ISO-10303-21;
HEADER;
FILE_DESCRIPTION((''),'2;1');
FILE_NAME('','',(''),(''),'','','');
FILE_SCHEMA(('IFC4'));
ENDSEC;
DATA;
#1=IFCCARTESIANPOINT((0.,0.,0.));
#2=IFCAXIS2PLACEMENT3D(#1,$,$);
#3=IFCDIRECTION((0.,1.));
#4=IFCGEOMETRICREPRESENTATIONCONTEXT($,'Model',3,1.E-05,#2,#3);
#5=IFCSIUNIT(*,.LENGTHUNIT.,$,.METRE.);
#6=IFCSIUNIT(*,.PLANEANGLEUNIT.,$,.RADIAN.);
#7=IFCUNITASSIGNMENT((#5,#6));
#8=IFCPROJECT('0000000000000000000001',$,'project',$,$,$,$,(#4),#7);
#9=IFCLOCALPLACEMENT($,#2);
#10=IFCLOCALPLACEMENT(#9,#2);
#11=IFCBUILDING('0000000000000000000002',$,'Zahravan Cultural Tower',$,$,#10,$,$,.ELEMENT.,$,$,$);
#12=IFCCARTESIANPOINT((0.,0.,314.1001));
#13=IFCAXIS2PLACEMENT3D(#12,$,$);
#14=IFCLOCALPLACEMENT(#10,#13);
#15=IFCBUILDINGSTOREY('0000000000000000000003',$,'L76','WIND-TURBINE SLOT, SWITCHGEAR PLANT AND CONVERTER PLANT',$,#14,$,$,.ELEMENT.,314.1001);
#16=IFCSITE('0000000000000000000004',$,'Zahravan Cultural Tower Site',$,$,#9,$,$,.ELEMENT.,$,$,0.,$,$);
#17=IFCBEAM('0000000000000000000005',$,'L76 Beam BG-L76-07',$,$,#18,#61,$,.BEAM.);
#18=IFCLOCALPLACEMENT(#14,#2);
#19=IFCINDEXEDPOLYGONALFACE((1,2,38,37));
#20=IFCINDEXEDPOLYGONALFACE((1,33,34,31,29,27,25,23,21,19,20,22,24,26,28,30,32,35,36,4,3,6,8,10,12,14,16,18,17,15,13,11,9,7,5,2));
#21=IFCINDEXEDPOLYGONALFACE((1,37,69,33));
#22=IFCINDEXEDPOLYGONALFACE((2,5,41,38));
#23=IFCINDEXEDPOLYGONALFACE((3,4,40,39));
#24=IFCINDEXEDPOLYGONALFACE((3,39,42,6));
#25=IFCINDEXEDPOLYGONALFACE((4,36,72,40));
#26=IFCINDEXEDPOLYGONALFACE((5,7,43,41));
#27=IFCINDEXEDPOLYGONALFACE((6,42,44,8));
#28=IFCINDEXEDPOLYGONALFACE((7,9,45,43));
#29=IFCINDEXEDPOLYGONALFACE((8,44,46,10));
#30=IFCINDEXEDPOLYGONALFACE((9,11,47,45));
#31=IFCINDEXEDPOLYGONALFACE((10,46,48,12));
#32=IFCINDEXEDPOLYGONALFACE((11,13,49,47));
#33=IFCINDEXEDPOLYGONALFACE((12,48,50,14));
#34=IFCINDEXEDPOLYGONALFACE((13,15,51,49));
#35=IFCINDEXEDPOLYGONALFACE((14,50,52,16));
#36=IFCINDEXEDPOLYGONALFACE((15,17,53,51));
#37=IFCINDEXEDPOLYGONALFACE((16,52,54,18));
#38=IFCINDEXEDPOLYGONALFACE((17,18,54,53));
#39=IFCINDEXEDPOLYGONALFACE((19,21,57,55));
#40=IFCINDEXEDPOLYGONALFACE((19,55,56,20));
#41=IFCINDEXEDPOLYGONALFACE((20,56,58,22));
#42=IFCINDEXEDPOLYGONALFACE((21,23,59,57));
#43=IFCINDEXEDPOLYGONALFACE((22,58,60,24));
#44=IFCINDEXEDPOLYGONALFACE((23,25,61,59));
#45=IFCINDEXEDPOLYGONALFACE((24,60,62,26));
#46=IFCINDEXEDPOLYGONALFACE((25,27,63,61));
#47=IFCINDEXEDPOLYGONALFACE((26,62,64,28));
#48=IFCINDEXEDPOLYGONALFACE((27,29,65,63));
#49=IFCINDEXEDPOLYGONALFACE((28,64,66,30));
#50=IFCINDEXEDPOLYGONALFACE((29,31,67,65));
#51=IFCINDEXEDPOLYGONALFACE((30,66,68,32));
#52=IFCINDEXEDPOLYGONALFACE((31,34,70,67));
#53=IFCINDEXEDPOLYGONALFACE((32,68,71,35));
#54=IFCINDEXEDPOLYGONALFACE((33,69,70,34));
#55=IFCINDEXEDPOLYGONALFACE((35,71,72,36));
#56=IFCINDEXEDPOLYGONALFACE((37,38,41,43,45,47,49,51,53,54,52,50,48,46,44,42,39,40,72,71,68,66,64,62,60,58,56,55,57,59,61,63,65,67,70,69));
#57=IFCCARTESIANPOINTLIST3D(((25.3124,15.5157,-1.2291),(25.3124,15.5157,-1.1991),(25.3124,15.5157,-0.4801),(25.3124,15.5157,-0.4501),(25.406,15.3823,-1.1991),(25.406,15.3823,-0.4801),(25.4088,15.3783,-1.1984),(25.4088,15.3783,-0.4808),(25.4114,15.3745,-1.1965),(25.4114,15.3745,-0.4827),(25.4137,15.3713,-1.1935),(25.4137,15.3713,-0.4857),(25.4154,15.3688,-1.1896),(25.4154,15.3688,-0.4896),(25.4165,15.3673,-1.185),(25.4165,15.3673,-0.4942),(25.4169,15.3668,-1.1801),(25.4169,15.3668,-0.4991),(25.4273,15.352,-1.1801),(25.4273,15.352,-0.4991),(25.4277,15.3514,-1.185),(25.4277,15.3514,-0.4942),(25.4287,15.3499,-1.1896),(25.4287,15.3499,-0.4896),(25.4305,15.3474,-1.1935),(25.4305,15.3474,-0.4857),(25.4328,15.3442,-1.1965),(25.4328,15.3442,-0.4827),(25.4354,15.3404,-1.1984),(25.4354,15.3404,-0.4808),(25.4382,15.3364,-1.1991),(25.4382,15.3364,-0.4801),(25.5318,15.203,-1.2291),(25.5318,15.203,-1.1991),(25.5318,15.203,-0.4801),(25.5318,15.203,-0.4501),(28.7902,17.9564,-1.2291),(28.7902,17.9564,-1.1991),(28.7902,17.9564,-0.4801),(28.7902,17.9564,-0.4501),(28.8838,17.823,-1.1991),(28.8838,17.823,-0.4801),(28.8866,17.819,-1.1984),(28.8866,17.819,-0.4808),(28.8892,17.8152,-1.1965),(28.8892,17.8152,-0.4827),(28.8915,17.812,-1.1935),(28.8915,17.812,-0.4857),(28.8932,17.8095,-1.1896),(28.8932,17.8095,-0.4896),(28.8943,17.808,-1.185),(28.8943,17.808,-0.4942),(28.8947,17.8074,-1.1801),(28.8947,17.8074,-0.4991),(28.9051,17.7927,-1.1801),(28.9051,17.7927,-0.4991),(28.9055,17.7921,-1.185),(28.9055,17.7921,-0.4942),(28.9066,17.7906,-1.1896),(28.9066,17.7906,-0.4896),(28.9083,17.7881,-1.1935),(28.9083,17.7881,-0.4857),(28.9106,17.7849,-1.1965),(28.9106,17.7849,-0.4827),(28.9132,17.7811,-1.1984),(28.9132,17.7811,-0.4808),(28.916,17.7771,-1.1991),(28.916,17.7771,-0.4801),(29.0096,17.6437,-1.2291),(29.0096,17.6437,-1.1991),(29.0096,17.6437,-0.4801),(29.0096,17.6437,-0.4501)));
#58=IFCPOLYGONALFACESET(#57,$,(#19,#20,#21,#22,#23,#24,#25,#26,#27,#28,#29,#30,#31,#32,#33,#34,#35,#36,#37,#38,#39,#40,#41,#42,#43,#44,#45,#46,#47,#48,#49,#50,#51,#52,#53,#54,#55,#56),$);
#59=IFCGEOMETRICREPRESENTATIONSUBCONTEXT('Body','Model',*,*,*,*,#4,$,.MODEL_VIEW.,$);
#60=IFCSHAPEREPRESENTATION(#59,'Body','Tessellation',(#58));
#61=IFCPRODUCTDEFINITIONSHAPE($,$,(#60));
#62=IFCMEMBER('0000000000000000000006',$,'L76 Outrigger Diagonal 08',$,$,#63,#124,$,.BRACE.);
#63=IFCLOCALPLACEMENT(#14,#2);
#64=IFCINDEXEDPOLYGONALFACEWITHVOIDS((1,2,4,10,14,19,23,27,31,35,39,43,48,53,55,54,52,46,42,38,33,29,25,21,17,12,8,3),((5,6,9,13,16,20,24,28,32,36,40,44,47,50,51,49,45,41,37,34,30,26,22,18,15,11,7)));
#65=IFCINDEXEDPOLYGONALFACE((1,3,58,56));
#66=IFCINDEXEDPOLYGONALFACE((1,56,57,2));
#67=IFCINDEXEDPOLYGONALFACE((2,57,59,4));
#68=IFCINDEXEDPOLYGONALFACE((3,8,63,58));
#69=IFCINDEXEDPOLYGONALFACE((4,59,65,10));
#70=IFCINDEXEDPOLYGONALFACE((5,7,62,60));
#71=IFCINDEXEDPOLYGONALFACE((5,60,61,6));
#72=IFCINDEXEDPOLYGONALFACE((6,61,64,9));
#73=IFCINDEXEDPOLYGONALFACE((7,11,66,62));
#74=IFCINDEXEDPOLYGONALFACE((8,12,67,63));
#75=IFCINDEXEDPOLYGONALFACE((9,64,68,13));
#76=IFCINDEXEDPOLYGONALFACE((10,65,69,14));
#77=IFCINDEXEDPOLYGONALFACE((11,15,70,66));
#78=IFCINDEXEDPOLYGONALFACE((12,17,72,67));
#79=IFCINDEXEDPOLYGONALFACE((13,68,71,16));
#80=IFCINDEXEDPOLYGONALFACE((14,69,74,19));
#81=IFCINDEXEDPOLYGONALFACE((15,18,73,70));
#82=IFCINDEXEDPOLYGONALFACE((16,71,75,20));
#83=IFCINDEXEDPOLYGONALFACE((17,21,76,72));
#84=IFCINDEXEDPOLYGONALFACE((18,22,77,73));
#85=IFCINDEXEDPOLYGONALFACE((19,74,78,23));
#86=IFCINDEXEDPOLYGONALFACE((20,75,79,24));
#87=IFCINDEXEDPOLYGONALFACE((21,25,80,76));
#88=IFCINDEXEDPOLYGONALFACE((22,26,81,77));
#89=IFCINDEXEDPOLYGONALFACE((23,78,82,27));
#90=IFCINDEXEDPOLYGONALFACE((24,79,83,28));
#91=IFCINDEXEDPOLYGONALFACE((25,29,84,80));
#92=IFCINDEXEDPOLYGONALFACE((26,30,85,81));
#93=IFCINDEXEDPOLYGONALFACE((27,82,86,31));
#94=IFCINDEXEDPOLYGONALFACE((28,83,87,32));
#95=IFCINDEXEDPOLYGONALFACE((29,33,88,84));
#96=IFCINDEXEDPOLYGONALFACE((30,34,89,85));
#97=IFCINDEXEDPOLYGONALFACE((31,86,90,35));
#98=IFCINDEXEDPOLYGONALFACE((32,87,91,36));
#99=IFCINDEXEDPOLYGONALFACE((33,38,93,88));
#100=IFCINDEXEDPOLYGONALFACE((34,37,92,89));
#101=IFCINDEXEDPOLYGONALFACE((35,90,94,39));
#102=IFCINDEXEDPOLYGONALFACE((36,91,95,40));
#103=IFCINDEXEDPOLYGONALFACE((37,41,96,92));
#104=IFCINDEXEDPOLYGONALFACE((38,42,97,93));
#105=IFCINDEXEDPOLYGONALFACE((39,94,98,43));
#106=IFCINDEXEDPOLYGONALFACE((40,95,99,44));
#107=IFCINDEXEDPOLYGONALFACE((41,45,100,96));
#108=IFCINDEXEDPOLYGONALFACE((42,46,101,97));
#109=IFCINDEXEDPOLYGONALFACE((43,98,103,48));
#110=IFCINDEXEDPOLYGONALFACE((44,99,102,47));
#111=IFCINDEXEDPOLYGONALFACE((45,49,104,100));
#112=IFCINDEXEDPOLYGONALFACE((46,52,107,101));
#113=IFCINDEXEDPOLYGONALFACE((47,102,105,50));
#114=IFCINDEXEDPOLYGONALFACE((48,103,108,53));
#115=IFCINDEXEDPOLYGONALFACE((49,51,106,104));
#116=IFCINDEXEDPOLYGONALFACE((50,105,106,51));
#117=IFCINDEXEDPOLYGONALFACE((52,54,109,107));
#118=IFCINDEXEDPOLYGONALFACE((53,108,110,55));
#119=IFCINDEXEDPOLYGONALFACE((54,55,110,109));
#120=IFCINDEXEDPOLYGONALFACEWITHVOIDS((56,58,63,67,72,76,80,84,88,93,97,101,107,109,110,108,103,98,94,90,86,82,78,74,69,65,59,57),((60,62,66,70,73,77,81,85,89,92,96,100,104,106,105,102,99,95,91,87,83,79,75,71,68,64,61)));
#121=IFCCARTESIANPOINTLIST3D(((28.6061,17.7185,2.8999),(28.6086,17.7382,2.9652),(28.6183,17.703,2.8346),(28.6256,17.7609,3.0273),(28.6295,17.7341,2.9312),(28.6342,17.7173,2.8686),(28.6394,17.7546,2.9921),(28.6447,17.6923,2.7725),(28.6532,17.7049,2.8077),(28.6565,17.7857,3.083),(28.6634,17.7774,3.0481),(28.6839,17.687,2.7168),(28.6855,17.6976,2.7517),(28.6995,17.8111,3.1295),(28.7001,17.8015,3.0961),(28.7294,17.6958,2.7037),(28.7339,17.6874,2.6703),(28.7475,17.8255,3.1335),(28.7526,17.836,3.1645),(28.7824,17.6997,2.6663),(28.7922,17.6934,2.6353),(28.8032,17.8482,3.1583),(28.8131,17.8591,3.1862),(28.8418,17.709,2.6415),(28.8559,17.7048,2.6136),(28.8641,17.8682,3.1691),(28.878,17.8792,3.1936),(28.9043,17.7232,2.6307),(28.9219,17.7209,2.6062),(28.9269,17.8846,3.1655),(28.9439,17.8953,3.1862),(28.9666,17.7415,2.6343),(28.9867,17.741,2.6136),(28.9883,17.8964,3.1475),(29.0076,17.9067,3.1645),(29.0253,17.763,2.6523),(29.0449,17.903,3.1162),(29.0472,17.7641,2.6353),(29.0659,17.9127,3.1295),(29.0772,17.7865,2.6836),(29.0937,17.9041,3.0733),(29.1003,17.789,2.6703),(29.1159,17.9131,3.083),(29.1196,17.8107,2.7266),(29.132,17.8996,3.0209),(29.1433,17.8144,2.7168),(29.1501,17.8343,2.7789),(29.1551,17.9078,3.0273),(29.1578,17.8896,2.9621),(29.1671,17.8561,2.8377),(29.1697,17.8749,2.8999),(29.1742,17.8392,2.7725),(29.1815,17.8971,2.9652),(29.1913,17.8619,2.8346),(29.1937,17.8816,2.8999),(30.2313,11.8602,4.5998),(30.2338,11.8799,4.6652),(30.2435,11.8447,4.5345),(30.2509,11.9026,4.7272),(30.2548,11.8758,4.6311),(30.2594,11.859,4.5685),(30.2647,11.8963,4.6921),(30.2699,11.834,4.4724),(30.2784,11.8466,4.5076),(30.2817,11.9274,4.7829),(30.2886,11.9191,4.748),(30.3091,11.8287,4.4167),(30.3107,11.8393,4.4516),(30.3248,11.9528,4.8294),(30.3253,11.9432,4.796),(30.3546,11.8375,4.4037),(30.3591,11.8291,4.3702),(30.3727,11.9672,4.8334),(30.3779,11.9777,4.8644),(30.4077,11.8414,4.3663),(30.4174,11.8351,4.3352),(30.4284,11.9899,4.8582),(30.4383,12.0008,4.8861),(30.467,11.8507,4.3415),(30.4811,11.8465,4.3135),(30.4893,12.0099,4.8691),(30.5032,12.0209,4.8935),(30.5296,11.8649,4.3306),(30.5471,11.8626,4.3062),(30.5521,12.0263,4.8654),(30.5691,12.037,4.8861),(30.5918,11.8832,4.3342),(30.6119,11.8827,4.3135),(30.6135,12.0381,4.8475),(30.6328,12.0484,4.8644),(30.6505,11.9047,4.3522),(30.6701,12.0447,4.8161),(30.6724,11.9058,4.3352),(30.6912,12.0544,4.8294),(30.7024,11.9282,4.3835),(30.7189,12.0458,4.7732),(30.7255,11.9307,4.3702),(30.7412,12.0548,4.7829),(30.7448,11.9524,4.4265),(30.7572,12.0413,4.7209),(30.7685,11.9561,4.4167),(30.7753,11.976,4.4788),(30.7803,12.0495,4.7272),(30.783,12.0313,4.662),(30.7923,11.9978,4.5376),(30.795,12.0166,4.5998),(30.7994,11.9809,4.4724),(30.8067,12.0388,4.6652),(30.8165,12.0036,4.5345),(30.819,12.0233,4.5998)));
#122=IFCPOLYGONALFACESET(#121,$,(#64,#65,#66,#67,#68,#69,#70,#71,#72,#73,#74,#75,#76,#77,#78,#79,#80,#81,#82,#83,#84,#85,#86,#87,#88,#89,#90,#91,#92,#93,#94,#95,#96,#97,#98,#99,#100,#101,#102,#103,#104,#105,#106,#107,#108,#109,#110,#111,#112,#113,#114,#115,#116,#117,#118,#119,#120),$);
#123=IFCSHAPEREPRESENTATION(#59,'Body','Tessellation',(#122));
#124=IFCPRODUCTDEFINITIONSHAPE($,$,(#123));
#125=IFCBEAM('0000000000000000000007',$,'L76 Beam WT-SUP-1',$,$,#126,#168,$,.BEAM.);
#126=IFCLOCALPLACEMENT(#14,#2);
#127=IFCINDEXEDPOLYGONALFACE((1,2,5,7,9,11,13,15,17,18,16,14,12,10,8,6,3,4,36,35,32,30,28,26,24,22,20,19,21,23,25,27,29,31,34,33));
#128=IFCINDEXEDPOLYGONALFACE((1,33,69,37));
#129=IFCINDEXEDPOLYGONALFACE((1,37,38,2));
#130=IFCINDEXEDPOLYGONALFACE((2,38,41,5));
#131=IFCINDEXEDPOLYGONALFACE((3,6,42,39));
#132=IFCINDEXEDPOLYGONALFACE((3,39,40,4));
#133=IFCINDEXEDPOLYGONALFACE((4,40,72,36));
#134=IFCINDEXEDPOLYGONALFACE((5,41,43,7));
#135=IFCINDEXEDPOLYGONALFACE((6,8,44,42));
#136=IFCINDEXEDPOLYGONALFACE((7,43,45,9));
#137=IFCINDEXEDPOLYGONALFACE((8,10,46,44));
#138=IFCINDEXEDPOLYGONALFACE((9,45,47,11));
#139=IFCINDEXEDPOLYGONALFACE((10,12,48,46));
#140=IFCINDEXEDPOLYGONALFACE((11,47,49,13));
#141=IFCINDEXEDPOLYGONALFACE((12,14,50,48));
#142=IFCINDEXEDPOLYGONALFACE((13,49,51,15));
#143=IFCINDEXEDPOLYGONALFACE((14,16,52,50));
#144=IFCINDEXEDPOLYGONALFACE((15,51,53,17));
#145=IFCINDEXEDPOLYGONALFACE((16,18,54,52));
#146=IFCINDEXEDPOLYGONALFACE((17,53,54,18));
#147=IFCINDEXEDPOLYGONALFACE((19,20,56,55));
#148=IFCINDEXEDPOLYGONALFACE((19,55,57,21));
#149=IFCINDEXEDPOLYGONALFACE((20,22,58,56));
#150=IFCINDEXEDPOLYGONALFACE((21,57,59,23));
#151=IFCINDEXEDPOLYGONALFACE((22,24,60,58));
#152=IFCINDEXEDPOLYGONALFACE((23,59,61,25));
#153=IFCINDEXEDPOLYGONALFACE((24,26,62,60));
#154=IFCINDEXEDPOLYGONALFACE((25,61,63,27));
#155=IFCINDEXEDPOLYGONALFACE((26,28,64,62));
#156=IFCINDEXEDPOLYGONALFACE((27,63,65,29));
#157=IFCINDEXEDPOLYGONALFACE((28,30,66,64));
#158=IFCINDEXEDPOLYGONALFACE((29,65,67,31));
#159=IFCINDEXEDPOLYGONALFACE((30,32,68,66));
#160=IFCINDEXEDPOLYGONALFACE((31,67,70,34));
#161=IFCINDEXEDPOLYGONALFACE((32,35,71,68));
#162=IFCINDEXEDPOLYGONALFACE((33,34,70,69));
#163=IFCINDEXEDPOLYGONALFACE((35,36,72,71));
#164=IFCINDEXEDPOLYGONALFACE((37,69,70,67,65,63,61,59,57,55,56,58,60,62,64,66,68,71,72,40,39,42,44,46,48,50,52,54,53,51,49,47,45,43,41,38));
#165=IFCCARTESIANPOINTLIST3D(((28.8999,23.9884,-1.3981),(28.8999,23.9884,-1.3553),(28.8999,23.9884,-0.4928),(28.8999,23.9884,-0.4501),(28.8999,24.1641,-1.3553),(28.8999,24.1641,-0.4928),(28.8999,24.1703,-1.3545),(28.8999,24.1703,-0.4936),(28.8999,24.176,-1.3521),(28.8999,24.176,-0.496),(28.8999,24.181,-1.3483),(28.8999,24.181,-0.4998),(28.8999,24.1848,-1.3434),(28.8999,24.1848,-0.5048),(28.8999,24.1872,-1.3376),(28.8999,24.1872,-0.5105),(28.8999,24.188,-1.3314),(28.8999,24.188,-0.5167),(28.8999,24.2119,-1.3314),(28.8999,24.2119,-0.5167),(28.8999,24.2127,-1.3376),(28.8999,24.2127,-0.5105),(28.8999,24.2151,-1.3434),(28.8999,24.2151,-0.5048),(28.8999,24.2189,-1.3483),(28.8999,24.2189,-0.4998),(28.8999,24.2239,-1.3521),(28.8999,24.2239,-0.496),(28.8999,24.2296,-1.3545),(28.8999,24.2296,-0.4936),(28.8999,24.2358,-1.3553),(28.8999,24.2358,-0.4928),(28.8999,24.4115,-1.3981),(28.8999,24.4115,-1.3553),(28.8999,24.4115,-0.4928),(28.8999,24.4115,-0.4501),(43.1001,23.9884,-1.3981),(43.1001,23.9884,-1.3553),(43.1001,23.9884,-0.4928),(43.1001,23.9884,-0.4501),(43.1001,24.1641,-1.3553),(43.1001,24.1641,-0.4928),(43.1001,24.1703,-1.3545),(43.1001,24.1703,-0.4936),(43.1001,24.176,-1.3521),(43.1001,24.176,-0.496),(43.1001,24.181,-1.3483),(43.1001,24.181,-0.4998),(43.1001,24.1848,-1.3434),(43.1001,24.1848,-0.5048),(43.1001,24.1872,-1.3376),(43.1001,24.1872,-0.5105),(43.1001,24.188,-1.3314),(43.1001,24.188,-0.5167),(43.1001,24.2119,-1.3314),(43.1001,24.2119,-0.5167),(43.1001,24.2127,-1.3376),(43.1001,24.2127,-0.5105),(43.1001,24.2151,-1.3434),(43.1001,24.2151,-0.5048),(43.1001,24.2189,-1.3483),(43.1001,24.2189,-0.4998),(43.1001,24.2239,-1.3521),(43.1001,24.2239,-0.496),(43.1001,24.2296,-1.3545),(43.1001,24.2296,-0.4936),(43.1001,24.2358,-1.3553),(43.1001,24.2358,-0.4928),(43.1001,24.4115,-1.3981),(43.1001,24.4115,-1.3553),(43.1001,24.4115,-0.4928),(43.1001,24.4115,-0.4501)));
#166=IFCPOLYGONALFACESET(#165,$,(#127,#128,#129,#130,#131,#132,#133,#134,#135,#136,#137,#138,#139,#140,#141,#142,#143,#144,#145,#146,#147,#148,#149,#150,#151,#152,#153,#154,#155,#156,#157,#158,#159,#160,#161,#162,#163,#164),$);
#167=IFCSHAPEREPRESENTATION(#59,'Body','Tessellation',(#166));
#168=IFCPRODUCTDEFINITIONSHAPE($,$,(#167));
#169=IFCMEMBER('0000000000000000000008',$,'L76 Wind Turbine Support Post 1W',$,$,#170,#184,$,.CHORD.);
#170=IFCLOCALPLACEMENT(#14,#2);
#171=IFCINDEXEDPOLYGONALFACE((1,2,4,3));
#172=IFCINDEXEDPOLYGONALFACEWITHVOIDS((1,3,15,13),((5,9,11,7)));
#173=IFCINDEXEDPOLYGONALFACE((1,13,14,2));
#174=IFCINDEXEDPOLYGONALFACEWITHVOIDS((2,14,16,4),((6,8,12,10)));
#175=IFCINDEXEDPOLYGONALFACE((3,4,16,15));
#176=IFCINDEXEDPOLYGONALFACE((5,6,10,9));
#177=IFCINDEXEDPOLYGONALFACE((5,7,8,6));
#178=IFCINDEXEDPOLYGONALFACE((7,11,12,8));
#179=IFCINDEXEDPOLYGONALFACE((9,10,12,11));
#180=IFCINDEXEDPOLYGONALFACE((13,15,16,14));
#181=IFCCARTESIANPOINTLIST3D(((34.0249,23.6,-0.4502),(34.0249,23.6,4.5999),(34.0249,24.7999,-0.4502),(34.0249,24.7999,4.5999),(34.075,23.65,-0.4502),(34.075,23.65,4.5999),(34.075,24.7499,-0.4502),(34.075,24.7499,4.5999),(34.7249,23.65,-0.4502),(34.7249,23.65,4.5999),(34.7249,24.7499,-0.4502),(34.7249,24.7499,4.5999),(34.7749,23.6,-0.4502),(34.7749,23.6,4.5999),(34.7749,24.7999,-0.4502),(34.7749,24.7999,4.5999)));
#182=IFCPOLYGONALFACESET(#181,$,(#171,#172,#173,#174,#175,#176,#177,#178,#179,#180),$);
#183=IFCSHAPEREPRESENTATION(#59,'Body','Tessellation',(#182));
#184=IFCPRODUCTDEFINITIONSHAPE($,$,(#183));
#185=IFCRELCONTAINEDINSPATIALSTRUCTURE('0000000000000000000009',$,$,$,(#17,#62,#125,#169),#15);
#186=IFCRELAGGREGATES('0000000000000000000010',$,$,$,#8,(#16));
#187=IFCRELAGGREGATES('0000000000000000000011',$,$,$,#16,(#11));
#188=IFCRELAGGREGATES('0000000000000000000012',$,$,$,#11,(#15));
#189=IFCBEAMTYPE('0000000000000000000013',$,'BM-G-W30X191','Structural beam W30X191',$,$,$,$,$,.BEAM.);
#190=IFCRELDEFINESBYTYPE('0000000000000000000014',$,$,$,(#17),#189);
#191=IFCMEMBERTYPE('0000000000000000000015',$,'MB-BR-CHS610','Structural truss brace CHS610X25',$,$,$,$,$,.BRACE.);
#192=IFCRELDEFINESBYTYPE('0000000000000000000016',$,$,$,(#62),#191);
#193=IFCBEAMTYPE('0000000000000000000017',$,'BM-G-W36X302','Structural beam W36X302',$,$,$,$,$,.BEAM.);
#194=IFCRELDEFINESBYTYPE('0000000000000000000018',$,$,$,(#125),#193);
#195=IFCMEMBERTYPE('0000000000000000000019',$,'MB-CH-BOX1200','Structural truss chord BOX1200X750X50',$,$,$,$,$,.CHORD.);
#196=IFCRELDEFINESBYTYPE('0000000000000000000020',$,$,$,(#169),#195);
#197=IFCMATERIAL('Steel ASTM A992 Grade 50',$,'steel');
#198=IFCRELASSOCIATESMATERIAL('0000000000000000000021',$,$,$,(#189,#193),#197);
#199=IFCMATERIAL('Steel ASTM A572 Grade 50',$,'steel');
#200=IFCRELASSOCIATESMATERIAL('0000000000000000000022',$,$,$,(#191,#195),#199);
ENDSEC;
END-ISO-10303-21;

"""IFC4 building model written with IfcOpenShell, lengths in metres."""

from ifc_helpers import new_model, si_unit, direction, frame, origin, origin_2d, place, context, subcontext, project, spatial, hollow_rectangle, hollow_circle, i_section, extrude, source, transform, mapped, material, material_profile, profile_set, type_object, element, save


model = new_model("IFC4")

# Units and contexts
model_context = context("Model", 3, precision=1e-05, world=origin(), true_north=direction((0.0, 1.0)))
body_context = subcontext(model_context, "Body", "Model", "MODEL_VIEW")
ifc_project = project(units=[si_unit("LENGTHUNIT", "METRE"), si_unit("PLANEANGLEUNIT", "RADIAN")], contexts=[model_context])

# Site, building, storey
site_placement = place(None, origin())
site = spatial("IfcSite", under=ifc_project, at=site_placement, Name="Zahravan Cultural Tower Site", CompositionType="ELEMENT", RefElevation=0.0)
building_placement = place(site_placement, origin())
building = spatial("IfcBuilding", under=site, at=building_placement, Name="Zahravan Cultural Tower", CompositionType="ELEMENT")
storey_placement = place(building_placement, frame((0.0, 0.0, 314.1001)))
storey = spatial("IfcBuildingStorey", under=building, at=storey_placement, Name="L76", Description="WIND-TURBINE SLOT, SWITCHGEAR PLANT AND CONVERTER PLANT", CompositionType="ELEMENT", Elevation=314.1001)

# Beam
ifc_material_1 = material(Name="Steel ASTM A992 Grade 50", Category="steel")
ifc_material_profile_1 = material_profile(ifc_material_1, i_section(OverallWidth=0.3821, OverallDepth=0.7791, WebThickness=0.0181, FlangeThickness=0.03, FilletRadius=0.019, at=origin_2d()), Name="W30X191")
ifc_profile_set_1 = profile_set([ifc_material_profile_1], Name="Steel ASTM A992 Grade 50")
beam_type_1 = type_object("IfcBeamType", Name="BM-G-W30X191", Description="Structural beam W30X191", PredefinedType="BEAM", material=ifc_profile_set_1)
shared_shape_1 = source(origin(), body_context, "Body", "SweptSolid", [
    extrude(i_section(OverallWidth=0.3821, OverallDepth=0.7791, WebThickness=0.0181, FlangeThickness=0.03, FilletRadius=0.019, at=origin_2d()), origin(), (0.0, 0.0, 1.0), 4.2488),
])
beam_1_placement = place(storey_placement, frame((28.8999, 17.8, -0.8396), z_axis=(-0.818543, -0.574445, 0.0), x_axis=(0.574445, -0.818543, 0.0)))
element("IfcBeam", 1, at=beam_1_placement, inside=storey, type_object=beam_type_1, Name="L76 Beam BG-L76-07", PredefinedType="BEAM", context=body_context, shape_type="MappedRepresentation", body=[
    mapped(shared_shape_1, transform((0.0, 0.0, 0.0), x_axis=(1.0, 0.0, 0.0), y_axis=(0.0, 1.0, 0.0), z_axis=(0.0, 0.0, 1.0), scale=1.0)),
])

# Member
ifc_material_2 = material(Name="Steel ASTM A572 Grade 50", Category="steel")
ifc_material_profile_2 = material_profile(ifc_material_2, hollow_circle(Radius=0.3049, WallThickness=0.0249, at=origin_2d()), Name="CHS610X25")
ifc_profile_set_2 = profile_set([ifc_material_profile_2], Name="Steel ASTM A572 Grade 50")
member_type_1 = type_object("IfcMemberType", Name="MB-BR-CHS610", Description="Structural truss brace CHS610X25", PredefinedType="BRACE", material=ifc_profile_set_2)
shared_shape_2 = source(origin(), body_context, "Body", "SweptSolid", [
    extrude(hollow_circle(Radius=0.3049, WallThickness=0.0249, at=origin_2d()), origin(), (0.0, 0.0, 1.0), 6.3127),
])
member_1_placement = place(storey_placement, frame((28.8999, 17.8, 2.8999), z_axis=(0.25745, -0.928012, 0.269284), x_axis=(0.963606, 0.267325, 0.0)))
element("IfcMember", 2, at=member_1_placement, inside=storey, type_object=member_type_1, Name="L76 Outrigger Diagonal 08", PredefinedType="BRACE", context=body_context, shape_type="MappedRepresentation", body=[
    mapped(shared_shape_2, transform((0.0, 0.0, 0.0), x_axis=(1.0, 0.0, 0.0), y_axis=(0.0, 1.0, 0.0), z_axis=(0.0, 0.0, 1.0), scale=1.0)),
])

# Beam
ifc_material_profile_3 = material_profile(ifc_material_1, i_section(OverallWidth=0.4231, OverallDepth=0.948, WebThickness=0.0239, FlangeThickness=0.0427, FilletRadius=0.0239, at=origin_2d()), Name="W36X302")
ifc_profile_set_3 = profile_set([ifc_material_profile_3], Name="Steel ASTM A992 Grade 50")
beam_type_2 = type_object("IfcBeamType", Name="BM-G-W36X302", Description="Structural beam W36X302", PredefinedType="BEAM", material=ifc_profile_set_3)
shared_shape_3 = source(origin(), body_context, "Body", "SweptSolid", [
    extrude(i_section(OverallWidth=0.4231, OverallDepth=0.948, WebThickness=0.0239, FlangeThickness=0.0427, FilletRadius=0.0239, at=origin_2d()), origin(), (0.0, 0.0, 1.0), 14.2002),
])
beam_2_placement = place(storey_placement, frame((28.8999, 24.2, -0.9241), z_axis=(1.0, 0.0, 0.0), x_axis=(0.0, 1.0, 0.0)))
element("IfcBeam", 3, at=beam_2_placement, inside=storey, type_object=beam_type_2, Name="L76 Beam WT-SUP-1", PredefinedType="BEAM", context=body_context, shape_type="MappedRepresentation", body=[
    mapped(shared_shape_3, transform((0.0, 0.0, 0.0), x_axis=(1.0, 0.0, 0.0), y_axis=(0.0, 1.0, 0.0), z_axis=(0.0, 0.0, 1.0), scale=1.0)),
])

# Member
ifc_material_profile_4 = material_profile(ifc_material_2, hollow_rectangle(XDim=0.75, YDim=1.2, WallThickness=0.05, at=origin_2d()), Name="BOX1200X750X50")
ifc_profile_set_4 = profile_set([ifc_material_profile_4], Name="Steel ASTM A572 Grade 50")
member_type_2 = type_object("IfcMemberType", Name="MB-CH-BOX1200", Description="Structural truss chord BOX1200X750X50", PredefinedType="CHORD", material=ifc_profile_set_4)
shared_shape_4 = source(origin(), body_context, "Body", "SweptSolid", [
    extrude(hollow_rectangle(XDim=0.75, YDim=1.2, WallThickness=0.05, at=origin_2d()), origin(), (0.0, 0.0, 1.0), 5.05),
])
member_2_placement = place(storey_placement, frame((34.3999, 24.2, -0.4502), z_axis=(0.0, 0.0, 1.0), x_axis=(1.0, 0.0, 0.0)))
element("IfcMember", 4, at=member_2_placement, inside=storey, type_object=member_type_2, Name="L76 Wind Turbine Support Post 1W", PredefinedType="CHORD", context=body_context, shape_type="MappedRepresentation", body=[
    mapped(shared_shape_4, transform((0.0, 0.0, 0.0), x_axis=(1.0, 0.0, 0.0), y_axis=(0.0, 1.0, 0.0), z_axis=(0.0, 0.0, 1.0), scale=1.0)),
])

save(model, "model.ifc")
